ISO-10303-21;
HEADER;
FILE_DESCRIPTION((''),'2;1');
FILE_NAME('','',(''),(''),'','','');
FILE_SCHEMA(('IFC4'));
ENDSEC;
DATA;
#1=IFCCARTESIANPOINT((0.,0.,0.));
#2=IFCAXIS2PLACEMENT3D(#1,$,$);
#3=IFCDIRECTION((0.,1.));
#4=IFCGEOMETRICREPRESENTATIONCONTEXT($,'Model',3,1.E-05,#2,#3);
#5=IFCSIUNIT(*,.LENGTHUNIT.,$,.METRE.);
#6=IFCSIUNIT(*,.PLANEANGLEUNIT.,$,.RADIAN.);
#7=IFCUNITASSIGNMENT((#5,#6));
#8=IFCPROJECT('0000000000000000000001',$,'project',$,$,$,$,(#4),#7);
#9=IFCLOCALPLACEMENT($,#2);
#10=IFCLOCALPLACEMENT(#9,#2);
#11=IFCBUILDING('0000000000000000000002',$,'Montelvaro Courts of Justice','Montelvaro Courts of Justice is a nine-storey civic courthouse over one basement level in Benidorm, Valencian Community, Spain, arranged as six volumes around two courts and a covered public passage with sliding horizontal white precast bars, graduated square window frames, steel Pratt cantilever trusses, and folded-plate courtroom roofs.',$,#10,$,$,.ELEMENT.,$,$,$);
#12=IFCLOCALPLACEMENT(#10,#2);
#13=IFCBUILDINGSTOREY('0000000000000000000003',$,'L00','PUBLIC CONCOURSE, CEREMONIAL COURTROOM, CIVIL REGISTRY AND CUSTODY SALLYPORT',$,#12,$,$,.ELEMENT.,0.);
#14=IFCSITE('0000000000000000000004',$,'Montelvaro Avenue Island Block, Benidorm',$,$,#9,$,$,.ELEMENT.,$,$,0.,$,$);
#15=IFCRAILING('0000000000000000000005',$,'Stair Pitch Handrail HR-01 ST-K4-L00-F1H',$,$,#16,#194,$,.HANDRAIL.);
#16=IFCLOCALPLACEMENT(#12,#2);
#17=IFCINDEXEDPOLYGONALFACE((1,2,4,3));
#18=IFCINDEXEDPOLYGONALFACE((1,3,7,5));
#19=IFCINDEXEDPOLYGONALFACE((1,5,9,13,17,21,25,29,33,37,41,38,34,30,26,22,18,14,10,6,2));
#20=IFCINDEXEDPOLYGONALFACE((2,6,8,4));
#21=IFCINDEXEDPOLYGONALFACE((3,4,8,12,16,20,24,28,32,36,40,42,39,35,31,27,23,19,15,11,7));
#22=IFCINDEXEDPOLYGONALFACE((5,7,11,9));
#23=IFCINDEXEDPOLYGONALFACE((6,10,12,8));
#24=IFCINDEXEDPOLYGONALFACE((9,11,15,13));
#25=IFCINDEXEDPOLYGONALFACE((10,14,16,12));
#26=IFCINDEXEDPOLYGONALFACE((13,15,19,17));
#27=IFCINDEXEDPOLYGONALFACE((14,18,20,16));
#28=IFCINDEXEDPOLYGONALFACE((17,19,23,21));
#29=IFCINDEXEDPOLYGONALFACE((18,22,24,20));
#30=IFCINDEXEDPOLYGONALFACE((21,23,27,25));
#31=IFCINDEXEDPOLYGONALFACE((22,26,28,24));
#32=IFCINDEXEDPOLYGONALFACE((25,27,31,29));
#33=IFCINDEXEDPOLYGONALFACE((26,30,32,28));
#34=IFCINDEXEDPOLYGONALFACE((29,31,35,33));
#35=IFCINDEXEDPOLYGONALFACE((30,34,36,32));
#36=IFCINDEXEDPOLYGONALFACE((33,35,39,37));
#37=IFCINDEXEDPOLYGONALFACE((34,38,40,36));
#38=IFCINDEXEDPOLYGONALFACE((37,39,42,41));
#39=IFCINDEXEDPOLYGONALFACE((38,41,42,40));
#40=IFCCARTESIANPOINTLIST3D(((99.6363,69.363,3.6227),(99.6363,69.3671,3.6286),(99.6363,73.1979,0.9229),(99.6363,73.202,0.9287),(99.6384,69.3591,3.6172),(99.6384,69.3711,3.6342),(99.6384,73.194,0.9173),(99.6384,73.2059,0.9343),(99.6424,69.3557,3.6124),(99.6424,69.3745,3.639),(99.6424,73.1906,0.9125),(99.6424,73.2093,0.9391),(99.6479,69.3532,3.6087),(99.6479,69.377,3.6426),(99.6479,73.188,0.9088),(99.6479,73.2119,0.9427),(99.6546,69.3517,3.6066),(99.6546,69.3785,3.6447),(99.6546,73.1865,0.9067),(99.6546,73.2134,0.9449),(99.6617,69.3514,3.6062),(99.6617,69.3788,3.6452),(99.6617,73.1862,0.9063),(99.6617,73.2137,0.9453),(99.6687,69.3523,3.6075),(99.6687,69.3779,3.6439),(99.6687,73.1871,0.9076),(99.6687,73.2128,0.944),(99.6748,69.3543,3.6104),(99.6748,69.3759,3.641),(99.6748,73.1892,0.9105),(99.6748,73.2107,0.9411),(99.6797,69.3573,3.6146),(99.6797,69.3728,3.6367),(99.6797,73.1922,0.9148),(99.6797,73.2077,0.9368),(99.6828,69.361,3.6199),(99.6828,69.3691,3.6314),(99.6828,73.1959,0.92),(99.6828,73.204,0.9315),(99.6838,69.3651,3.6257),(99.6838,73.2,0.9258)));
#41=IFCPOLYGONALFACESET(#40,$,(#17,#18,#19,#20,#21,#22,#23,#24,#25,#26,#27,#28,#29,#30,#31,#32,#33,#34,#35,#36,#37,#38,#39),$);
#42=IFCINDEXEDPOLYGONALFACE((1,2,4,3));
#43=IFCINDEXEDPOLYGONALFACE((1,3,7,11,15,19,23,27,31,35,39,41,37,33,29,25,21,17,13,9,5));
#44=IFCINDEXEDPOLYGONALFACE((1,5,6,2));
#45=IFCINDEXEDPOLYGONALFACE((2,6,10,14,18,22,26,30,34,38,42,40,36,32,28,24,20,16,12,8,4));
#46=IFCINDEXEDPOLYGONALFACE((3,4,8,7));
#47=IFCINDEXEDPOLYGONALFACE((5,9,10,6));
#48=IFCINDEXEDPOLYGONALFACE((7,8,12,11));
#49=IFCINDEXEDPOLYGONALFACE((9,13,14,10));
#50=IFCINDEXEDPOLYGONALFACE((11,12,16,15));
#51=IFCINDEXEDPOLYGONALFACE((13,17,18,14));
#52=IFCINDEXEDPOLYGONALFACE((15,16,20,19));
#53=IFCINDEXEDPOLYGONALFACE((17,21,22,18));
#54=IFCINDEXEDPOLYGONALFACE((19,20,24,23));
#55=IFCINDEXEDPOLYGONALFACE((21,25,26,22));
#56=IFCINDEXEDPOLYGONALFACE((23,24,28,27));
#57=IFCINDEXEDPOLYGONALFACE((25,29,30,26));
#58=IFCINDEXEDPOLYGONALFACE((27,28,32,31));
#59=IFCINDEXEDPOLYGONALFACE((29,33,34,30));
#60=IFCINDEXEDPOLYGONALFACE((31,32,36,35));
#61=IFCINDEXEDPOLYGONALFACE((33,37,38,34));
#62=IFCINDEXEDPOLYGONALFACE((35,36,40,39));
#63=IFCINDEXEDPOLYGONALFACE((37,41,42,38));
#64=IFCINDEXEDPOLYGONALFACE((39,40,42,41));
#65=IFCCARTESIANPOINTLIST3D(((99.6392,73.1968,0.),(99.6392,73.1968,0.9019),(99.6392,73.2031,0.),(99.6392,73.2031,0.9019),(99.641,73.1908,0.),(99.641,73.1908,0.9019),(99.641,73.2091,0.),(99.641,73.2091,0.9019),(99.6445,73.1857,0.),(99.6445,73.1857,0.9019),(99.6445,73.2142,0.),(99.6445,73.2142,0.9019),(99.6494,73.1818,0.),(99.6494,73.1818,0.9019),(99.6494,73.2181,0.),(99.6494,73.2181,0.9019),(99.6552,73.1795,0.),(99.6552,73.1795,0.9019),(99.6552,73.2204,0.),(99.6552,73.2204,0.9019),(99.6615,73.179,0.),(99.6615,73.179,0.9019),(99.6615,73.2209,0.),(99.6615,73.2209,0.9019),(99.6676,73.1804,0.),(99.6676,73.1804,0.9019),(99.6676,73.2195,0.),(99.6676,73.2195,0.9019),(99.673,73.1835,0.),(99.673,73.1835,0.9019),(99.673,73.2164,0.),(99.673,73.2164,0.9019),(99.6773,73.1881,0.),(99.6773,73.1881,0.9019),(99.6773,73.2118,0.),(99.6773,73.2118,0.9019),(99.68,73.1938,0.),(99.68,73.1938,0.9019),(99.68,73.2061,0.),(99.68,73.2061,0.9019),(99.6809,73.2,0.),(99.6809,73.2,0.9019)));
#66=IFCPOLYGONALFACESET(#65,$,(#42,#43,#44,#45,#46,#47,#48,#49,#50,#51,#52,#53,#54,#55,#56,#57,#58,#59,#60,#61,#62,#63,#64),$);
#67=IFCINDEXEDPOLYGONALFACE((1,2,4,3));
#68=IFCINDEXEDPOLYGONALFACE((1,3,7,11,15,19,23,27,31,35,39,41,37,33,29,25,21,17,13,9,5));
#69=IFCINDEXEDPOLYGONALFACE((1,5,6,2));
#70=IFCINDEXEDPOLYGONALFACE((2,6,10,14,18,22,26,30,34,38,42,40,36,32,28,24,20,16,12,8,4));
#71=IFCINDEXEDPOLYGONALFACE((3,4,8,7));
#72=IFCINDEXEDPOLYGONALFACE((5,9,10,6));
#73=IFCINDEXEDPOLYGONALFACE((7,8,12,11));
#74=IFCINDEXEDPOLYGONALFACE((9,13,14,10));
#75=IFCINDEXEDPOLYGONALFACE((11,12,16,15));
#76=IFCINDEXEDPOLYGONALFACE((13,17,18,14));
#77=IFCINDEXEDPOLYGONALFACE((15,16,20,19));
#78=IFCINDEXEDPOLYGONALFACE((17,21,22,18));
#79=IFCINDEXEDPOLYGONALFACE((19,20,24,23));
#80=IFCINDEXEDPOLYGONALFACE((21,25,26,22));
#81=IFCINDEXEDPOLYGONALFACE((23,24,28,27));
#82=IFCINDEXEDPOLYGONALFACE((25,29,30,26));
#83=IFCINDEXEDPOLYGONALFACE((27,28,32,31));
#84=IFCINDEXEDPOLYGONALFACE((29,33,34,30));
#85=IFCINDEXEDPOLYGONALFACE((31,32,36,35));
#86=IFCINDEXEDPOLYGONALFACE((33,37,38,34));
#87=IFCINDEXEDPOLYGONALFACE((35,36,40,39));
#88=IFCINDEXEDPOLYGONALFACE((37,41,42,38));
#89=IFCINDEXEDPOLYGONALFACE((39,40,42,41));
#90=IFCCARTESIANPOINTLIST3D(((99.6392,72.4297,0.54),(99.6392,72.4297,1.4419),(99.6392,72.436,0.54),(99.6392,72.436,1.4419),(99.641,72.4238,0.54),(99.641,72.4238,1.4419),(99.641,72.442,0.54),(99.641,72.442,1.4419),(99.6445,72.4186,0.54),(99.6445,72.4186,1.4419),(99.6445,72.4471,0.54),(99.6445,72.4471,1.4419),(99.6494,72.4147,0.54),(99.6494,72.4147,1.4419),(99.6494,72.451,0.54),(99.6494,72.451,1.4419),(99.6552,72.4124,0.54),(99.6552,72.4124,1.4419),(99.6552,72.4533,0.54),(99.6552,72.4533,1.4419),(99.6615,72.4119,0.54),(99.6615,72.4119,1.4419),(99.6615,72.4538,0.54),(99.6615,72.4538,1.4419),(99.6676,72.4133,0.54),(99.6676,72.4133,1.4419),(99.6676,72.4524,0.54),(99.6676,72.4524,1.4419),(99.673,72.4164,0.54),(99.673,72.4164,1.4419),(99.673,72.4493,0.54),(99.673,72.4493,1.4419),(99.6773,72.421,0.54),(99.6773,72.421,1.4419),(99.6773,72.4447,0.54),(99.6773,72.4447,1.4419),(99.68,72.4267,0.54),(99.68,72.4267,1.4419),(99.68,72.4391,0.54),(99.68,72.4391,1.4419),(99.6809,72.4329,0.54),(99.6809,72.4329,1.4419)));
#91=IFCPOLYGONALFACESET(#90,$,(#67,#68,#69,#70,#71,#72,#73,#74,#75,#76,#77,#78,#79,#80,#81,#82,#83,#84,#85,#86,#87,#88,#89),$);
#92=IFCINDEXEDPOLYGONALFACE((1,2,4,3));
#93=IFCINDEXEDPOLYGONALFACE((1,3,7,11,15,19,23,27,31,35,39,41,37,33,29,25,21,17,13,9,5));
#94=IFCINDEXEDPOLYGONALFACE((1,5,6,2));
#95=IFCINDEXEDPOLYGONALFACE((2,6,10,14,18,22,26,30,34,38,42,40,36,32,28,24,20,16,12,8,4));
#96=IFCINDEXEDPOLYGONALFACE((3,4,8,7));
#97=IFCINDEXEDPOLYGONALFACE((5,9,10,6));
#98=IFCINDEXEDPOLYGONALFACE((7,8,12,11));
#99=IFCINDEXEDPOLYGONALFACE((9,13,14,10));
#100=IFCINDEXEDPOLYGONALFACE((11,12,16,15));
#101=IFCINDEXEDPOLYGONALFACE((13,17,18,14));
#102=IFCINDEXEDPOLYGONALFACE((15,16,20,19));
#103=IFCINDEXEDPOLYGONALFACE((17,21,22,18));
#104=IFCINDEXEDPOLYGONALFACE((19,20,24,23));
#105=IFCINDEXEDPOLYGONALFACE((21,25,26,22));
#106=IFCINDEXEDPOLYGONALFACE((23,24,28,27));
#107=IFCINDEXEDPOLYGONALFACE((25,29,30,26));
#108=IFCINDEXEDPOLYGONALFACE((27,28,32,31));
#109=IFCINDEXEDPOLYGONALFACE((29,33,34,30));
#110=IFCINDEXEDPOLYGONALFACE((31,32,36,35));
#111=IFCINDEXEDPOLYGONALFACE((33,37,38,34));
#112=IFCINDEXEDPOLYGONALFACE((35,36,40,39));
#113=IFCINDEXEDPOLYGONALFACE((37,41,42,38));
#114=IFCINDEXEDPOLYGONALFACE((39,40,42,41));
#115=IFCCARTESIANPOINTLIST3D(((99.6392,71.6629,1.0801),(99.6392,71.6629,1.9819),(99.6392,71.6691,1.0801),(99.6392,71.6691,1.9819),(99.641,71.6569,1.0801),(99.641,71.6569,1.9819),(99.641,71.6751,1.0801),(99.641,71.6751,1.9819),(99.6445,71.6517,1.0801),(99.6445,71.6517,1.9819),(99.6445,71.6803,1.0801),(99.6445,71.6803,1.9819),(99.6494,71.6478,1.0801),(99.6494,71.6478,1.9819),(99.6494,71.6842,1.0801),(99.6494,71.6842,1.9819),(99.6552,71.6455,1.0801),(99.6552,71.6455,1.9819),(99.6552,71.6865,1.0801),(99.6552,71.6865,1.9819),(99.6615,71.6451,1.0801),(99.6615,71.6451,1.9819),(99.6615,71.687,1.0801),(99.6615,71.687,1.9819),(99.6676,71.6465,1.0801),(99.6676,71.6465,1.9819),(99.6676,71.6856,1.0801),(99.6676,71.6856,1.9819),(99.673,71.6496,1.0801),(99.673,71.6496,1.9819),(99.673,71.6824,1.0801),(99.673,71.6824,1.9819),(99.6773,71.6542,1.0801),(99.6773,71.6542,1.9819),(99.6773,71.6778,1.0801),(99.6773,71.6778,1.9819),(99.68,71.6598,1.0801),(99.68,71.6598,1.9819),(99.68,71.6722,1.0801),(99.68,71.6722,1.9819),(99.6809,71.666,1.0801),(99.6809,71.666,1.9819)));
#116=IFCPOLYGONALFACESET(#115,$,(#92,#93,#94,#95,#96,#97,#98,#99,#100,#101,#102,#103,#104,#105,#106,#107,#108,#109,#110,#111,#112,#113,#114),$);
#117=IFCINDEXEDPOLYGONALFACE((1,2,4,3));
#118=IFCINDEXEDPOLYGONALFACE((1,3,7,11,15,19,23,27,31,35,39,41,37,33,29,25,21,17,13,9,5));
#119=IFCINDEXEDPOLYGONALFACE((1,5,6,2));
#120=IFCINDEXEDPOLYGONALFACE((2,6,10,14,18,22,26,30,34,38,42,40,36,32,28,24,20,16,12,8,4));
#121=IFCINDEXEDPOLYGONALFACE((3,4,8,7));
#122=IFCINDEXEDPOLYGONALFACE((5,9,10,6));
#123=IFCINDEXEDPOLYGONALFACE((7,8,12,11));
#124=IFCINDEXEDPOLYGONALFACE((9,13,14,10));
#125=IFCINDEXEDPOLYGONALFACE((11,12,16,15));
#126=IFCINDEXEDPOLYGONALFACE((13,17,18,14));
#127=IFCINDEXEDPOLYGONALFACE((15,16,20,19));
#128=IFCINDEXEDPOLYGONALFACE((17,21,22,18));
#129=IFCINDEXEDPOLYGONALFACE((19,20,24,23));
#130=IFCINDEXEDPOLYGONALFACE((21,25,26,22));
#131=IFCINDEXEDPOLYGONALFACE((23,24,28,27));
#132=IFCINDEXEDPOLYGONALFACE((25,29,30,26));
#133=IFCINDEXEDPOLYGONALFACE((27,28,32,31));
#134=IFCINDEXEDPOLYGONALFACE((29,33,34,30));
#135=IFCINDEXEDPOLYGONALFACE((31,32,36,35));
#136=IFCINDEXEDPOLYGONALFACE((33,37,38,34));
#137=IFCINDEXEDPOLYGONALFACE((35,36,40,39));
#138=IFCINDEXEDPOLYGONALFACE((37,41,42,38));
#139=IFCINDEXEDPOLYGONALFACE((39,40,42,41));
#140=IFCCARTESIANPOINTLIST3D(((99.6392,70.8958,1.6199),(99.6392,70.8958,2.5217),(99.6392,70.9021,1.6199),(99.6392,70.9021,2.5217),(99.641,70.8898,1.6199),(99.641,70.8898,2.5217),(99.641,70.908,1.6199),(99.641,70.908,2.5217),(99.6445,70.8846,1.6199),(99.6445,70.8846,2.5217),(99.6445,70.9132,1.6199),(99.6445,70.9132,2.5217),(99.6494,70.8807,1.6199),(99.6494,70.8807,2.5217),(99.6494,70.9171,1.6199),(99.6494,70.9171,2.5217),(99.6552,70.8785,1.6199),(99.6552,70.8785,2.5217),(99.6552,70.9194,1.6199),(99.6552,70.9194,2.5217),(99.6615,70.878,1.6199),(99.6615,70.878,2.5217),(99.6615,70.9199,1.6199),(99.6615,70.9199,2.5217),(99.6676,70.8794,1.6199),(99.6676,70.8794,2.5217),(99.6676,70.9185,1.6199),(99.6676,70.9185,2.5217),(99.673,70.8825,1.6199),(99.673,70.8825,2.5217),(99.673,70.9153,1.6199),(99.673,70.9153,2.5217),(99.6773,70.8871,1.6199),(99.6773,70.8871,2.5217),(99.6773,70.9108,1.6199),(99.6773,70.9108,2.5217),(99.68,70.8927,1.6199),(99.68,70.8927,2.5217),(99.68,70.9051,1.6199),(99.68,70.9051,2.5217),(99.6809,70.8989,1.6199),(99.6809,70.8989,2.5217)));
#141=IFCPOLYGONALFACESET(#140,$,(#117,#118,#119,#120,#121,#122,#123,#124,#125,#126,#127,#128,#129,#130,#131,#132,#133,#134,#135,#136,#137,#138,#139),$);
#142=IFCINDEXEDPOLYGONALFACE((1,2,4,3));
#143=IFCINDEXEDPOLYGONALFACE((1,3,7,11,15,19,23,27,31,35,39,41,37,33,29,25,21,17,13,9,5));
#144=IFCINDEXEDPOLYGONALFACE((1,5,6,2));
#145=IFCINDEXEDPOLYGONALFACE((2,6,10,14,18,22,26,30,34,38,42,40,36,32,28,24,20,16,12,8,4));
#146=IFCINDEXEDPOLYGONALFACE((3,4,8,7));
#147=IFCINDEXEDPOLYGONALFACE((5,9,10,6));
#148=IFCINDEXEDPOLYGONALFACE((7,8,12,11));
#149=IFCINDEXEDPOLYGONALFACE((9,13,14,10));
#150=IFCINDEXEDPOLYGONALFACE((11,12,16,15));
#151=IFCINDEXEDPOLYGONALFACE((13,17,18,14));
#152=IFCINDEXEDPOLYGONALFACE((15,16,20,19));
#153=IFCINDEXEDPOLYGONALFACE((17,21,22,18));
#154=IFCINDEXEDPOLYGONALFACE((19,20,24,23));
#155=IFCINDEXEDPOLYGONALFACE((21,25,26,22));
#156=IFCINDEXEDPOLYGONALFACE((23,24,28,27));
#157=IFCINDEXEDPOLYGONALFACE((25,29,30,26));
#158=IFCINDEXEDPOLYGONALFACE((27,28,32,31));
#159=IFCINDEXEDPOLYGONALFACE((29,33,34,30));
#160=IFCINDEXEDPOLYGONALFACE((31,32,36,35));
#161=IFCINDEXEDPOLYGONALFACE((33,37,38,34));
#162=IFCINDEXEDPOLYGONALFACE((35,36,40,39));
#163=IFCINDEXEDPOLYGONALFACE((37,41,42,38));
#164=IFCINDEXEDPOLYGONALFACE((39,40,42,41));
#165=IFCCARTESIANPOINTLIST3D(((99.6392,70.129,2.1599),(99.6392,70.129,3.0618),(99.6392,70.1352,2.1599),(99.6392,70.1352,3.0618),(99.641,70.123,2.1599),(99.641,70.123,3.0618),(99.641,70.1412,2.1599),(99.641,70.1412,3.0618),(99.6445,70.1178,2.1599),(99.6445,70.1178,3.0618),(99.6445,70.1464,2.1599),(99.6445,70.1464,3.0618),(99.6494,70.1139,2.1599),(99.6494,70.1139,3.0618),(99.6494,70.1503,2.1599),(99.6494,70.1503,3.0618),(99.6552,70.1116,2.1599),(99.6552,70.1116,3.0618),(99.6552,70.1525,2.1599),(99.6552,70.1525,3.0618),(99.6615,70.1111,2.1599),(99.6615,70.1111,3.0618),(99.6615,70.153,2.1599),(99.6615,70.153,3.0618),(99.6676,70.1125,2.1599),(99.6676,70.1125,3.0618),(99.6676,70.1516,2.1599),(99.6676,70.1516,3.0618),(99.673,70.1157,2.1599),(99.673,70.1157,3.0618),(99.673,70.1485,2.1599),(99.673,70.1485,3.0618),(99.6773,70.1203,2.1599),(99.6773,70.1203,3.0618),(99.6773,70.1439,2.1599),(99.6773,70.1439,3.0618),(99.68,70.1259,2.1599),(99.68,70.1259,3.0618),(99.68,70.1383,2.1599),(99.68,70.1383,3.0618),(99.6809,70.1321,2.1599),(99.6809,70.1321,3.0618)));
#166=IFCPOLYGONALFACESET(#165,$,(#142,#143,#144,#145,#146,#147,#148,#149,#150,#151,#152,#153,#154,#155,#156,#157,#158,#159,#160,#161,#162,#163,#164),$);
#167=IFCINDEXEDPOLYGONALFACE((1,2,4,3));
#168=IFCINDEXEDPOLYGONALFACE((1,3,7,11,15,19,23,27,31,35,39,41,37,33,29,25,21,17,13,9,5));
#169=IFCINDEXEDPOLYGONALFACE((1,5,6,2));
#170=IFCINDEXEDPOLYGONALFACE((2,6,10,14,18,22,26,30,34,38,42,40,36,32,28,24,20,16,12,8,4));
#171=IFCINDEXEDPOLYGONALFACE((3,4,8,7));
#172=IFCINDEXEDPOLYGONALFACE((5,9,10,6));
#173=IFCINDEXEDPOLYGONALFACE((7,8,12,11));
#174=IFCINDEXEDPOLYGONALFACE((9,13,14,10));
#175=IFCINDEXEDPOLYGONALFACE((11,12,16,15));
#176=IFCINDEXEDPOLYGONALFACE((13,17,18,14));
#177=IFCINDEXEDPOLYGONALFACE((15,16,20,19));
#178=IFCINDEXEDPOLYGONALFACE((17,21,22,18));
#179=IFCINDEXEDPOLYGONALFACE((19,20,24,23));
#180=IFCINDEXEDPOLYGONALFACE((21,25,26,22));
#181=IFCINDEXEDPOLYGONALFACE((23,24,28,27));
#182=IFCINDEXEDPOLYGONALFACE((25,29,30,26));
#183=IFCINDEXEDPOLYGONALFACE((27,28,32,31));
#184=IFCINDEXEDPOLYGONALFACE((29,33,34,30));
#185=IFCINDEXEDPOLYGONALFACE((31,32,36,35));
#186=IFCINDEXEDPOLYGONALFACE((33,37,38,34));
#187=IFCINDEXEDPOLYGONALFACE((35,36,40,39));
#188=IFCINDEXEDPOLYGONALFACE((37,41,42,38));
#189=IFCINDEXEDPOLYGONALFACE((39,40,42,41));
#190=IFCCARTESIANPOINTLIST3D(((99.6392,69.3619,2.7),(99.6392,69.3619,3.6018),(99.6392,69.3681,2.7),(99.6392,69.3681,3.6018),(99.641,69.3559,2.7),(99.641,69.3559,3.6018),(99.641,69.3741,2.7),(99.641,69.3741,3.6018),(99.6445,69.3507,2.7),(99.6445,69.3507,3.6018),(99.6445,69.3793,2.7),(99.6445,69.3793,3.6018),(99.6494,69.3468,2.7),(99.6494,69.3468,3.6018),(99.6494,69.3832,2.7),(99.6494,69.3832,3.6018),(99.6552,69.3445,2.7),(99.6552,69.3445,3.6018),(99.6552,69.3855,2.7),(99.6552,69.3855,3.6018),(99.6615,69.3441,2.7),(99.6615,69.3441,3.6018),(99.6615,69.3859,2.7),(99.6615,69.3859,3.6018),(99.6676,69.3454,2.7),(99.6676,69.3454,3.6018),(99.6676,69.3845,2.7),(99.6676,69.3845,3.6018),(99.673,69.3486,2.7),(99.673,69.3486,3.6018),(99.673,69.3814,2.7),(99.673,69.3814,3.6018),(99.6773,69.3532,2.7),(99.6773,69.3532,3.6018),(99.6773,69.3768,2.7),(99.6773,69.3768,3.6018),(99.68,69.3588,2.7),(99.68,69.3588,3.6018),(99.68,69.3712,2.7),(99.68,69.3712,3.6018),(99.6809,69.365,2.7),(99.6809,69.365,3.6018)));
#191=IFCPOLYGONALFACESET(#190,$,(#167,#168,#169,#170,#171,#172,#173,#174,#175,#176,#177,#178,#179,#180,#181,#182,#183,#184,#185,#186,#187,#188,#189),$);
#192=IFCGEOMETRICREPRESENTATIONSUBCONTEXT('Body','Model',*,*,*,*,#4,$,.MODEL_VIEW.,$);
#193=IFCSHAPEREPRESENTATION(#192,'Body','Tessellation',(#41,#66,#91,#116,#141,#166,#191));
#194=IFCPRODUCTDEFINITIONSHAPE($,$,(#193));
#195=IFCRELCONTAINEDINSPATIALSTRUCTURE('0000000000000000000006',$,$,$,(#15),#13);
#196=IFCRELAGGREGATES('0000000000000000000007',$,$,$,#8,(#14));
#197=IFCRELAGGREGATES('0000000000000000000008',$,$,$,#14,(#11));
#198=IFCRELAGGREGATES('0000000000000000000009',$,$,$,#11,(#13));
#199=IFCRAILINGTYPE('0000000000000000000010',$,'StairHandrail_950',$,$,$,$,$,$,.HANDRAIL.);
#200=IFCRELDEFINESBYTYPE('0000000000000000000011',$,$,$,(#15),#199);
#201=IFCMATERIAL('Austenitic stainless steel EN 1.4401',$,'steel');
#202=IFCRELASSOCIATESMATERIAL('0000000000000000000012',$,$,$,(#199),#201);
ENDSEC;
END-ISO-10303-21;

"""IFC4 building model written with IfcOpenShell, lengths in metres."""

from ifc_helpers import new_model, si_unit, direction, frame, origin, origin_2d, place, context, subcontext, project, spatial, circle, extrude, material, type_object, element, save


model = new_model("IFC4")

# Units and contexts
model_context = context("Model", 3, precision=1e-05, world=origin(), true_north=direction((0.0, 1.0)))
body_context = subcontext(model_context, "Body", "Model", "MODEL_VIEW")
ifc_project = project(units=[si_unit("LENGTHUNIT", "METRE"), si_unit("PLANEANGLEUNIT", "RADIAN")], contexts=[model_context])

# Site, building, storey
site_placement = place(None, origin())
site = spatial("IfcSite", under=ifc_project, at=site_placement, Name="Montelvaro Avenue Island Block, Benidorm", CompositionType="ELEMENT", RefElevation=0.0)
building_placement = place(site_placement, origin())
building = spatial("IfcBuilding", under=site, at=building_placement, Name="Montelvaro Courts of Justice", Description="Montelvaro Courts of Justice is a nine-storey civic courthouse over one basement level in Benidorm, Valencian Community, Spain, arranged as six volumes around two courts and a covered public passage with sliding horizontal white precast bars, graduated square window frames, steel Pratt cantilever trusses, and folded-plate courtroom roofs.", CompositionType="ELEMENT")
storey_placement = place(building_placement, origin())
storey = spatial("IfcBuildingStorey", under=building, at=storey_placement, Name="L00", Description="PUBLIC CONCOURSE, CEREMONIAL COURTROOM, CIVIL REGISTRY AND CUSTODY SALLYPORT", CompositionType="ELEMENT", Elevation=0.0)

# Railing
ifc_material_1 = material(Name="Austenitic stainless steel EN 1.4401", Category="steel")
railing_type_1 = type_object("IfcRailingType", Name="StairHandrail_950", PredefinedType="HANDRAIL", material=ifc_material_1)
railing_1_placement = place(storey_placement, frame((99.6599, 73.2, 0.0)))
element("IfcRailing", 1, at=railing_1_placement, inside=storey, type_object=railing_type_1, Name="Stair Pitch Handrail HR-01 ST-K4-L00-F1H", PredefinedType="HANDRAIL", context=body_context, shape_type="SweptSolid", body=[
    extrude(circle(Radius=0.0239, at=origin_2d()), frame((0.0, 0.0, 0.9258), z_axis=(0.0, -0.817678, 0.575675), x_axis=(1.0, 0.0, 0.0)), (0.0, 0.0, 1.0), 4.6899),
    extrude(circle(Radius=0.021, at=origin_2d()), origin(), (0.0, 0.0, 1.0), 0.9019),
    extrude(circle(Radius=0.021, at=origin_2d()), frame((0.0, -0.7671, 0.54)), (0.0, 0.0, 1.0), 0.9019),
    extrude(circle(Radius=0.021, at=origin_2d()), frame((0.0, -1.5339, 1.0801)), (0.0, 0.0, 1.0), 0.9019),
    extrude(circle(Radius=0.021, at=origin_2d()), frame((0.0, -2.301, 1.6199)), (0.0, 0.0, 1.0), 0.9019),
    extrude(circle(Radius=0.021, at=origin_2d()), frame((0.0, -3.0679, 2.1599)), (0.0, 0.0, 1.0), 0.9019),
    extrude(circle(Radius=0.021, at=origin_2d()), frame((0.0, -3.835, 2.7)), (0.0, 0.0, 1.0), 0.9019),
])

save(model, "model.ifc")
